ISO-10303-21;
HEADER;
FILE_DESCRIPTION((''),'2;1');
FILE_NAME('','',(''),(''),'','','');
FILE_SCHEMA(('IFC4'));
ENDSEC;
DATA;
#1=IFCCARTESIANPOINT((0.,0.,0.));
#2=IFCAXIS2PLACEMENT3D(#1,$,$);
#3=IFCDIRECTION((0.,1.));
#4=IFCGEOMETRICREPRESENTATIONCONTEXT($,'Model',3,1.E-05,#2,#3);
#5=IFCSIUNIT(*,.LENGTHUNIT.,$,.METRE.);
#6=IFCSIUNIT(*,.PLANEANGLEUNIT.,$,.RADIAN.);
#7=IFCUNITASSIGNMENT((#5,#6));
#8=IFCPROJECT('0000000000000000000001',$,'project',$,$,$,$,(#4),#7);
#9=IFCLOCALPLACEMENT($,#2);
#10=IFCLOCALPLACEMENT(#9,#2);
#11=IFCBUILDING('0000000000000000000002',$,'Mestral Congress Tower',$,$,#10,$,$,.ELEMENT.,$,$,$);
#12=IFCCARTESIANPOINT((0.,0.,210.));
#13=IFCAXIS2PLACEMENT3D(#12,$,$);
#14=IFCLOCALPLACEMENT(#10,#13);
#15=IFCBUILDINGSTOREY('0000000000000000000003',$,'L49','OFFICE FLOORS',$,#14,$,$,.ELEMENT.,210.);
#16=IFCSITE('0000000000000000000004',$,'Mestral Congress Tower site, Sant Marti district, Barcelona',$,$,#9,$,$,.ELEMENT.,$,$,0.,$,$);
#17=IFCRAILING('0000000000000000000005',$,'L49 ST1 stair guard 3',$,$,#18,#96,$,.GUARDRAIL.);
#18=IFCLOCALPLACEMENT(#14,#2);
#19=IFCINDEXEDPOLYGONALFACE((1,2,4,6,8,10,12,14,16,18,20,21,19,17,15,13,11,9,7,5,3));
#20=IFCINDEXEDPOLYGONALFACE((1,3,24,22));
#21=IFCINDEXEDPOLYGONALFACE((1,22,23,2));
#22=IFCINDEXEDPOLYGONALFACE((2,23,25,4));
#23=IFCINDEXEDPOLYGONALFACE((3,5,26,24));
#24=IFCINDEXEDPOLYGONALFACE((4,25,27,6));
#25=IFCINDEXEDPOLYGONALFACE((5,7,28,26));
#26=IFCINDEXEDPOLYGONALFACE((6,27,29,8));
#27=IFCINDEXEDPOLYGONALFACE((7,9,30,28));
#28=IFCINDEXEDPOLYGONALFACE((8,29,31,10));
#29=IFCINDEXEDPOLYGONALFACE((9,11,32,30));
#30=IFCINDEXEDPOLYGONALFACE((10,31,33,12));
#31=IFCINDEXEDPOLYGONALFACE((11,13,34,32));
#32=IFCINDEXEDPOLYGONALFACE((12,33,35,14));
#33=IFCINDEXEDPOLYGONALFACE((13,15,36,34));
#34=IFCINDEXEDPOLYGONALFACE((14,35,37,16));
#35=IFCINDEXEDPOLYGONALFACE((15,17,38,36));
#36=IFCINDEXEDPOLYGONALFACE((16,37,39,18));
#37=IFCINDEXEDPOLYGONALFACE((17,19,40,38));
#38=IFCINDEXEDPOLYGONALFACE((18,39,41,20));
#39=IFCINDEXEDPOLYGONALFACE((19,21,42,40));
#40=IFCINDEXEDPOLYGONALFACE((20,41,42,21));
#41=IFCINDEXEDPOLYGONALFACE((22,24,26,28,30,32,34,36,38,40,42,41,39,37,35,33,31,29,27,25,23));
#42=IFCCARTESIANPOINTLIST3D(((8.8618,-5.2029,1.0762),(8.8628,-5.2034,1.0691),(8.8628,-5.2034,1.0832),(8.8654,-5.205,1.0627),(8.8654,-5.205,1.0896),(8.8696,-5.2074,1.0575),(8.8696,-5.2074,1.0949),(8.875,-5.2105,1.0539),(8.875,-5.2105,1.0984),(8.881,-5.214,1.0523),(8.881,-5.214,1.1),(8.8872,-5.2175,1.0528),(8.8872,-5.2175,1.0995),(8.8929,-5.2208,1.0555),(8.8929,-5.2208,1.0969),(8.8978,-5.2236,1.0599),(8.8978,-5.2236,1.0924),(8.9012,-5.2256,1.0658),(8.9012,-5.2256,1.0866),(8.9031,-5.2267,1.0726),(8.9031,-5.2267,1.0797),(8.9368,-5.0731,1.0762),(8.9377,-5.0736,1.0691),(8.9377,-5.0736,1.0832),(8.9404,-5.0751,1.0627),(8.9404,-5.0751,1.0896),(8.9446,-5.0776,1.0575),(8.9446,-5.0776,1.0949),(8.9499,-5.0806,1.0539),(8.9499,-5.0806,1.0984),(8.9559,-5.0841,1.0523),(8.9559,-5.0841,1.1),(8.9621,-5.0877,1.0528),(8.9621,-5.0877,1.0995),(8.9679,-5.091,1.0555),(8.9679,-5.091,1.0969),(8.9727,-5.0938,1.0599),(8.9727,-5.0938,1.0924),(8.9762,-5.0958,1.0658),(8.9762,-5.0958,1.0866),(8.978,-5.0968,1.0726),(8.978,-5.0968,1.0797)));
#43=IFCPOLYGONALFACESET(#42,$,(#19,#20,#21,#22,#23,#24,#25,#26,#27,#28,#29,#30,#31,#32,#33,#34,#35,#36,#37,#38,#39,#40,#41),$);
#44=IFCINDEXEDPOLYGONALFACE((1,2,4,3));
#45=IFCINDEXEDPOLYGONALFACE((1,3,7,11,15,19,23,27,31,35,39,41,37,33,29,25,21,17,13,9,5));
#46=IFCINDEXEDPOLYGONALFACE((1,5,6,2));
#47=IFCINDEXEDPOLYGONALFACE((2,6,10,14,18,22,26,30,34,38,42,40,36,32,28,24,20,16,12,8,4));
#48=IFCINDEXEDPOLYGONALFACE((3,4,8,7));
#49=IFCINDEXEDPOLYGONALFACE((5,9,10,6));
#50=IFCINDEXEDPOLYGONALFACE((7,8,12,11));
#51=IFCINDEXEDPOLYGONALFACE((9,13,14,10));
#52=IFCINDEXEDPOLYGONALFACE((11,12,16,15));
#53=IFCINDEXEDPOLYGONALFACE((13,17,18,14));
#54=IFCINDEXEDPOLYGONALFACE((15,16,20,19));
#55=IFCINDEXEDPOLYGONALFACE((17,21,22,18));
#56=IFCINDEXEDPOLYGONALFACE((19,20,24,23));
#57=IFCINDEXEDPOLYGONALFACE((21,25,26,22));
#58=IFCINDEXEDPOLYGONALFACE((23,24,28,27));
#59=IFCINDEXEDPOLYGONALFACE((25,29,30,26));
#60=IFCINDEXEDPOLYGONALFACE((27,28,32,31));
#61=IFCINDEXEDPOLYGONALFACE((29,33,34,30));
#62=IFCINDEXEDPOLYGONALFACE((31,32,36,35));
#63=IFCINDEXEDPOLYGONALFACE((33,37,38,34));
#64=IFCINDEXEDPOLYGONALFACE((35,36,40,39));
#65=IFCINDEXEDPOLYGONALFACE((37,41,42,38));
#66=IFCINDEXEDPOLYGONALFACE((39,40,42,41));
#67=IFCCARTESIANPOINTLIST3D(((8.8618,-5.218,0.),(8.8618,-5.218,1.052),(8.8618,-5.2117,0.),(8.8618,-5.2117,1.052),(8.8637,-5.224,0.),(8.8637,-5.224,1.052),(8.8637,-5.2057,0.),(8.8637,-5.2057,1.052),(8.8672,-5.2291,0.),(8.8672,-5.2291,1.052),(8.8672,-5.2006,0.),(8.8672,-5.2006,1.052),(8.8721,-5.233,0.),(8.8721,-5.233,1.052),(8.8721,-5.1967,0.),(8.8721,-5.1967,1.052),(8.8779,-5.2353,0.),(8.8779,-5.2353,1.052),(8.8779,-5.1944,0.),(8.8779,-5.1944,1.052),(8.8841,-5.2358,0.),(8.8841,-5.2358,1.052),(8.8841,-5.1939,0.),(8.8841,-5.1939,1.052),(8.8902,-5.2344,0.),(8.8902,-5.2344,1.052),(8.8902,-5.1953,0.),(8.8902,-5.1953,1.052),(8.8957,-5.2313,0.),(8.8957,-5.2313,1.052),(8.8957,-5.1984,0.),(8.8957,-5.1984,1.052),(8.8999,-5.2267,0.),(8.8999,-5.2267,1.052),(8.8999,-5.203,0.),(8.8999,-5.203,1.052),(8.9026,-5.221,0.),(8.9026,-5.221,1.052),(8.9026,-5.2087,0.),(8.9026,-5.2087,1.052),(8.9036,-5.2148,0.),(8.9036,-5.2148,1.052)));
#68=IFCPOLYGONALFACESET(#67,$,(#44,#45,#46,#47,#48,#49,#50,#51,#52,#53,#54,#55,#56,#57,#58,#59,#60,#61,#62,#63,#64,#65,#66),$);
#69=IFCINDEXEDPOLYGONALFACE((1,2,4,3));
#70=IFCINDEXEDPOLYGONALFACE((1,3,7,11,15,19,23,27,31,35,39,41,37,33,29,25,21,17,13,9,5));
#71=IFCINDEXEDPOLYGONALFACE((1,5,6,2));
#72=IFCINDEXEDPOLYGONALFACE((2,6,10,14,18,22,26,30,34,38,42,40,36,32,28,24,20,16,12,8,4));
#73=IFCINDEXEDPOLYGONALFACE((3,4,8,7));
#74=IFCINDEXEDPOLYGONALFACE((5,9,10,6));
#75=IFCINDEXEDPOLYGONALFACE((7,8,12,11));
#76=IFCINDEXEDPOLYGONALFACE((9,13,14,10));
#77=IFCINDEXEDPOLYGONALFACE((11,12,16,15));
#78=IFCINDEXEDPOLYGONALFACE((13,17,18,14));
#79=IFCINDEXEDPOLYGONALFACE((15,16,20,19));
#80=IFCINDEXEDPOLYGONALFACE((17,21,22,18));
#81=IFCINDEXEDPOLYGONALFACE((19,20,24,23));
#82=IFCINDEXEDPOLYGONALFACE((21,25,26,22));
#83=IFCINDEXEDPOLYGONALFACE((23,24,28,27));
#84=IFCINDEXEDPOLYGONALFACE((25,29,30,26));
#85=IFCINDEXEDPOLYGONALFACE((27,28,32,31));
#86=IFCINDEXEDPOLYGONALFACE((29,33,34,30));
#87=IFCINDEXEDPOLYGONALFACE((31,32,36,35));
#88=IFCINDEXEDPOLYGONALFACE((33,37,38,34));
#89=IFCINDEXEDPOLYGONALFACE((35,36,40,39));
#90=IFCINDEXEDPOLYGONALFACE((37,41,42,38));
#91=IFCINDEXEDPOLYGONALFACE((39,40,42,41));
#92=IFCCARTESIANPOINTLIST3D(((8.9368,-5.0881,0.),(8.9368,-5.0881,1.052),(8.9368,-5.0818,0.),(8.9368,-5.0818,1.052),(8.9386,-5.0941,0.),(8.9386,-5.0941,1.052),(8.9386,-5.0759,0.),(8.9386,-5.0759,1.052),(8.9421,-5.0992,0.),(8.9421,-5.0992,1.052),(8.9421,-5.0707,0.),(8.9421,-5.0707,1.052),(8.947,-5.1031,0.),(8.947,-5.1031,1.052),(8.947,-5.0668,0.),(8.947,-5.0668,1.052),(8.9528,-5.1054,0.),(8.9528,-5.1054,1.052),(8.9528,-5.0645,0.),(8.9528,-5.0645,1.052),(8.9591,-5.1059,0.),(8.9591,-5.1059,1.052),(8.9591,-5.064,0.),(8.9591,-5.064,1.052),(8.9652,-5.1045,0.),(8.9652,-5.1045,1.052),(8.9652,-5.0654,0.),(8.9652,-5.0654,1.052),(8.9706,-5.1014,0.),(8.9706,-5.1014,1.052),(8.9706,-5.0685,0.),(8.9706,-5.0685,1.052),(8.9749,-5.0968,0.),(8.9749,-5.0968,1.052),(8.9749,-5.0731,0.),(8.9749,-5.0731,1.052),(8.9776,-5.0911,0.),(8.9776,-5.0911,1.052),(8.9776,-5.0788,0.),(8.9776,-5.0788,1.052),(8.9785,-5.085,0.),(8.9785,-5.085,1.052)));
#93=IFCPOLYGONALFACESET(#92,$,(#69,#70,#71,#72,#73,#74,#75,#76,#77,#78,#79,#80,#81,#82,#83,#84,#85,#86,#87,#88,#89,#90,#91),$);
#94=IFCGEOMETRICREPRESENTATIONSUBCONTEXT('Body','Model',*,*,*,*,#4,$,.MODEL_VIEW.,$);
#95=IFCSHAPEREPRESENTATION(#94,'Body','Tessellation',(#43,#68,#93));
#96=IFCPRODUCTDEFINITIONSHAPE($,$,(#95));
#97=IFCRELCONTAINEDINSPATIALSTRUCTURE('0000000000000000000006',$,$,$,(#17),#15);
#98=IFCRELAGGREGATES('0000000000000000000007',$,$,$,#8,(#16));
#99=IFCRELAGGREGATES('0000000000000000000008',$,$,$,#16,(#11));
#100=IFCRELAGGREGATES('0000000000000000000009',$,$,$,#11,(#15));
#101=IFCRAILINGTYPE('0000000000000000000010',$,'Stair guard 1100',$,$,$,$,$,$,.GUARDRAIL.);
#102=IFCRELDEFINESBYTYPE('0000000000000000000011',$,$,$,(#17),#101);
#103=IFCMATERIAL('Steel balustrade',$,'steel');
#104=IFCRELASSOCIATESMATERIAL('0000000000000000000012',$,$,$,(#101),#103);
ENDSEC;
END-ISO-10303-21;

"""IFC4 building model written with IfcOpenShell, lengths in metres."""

from ifc_helpers import new_model, si_unit, direction, frame, origin, origin_2d, place, context, subcontext, project, spatial, circle, extrude, material, type_object, element, save


model = new_model("IFC4")

# Units and contexts
model_context = context("Model", 3, precision=1e-05, world=origin(), true_north=direction((0.0, 1.0)))
body_context = subcontext(model_context, "Body", "Model", "MODEL_VIEW")
ifc_project = project(units=[si_unit("LENGTHUNIT", "METRE"), si_unit("PLANEANGLEUNIT", "RADIAN")], contexts=[model_context])

# Site, building, storey
site_placement = place(None, origin())
site = spatial("IfcSite", under=ifc_project, at=site_placement, Name="Mestral Congress Tower site, Sant Marti district, Barcelona", CompositionType="ELEMENT", RefElevation=0.0)
building_placement = place(site_placement, origin())
building = spatial("IfcBuilding", under=site, at=building_placement, Name="Mestral Congress Tower", CompositionType="ELEMENT")
storey_placement = place(building_placement, frame((0.0, 0.0, 210.0)))
storey = spatial("IfcBuildingStorey", under=building, at=storey_placement, Name="L49", Description="OFFICE FLOORS", CompositionType="ELEMENT", Elevation=210.0)

# Railing
ifc_material_1 = material(Name="Steel balustrade", Category="steel")
railing_type = type_object("IfcRailingType", Name="Stair guard 1100", PredefinedType="GUARDRAIL", material=ifc_material_1)
railing_1_placement = place(storey_placement, frame((8.8826, -5.2148, 0.0)))
element("IfcRailing", 1, at=railing_1_placement, inside=storey, type_object=railing_type, Name="L49 ST1 stair guard 3", PredefinedType="GUARDRAIL", context=body_context, shape_type="SweptSolid", body=[
    extrude(circle(Radius=0.0239, at=origin_2d()), frame((0.0, 0.0, 1.0762), z_axis=(0.499816, 0.866131, 0.0), x_axis=(-0.866131, 0.499816, 0.0)), (0.0, 0.0, 1.0), 0.1499),
    extrude(circle(Radius=0.021, at=origin_2d()), origin(), (0.0, 0.0, 1.0), 1.052),
    extrude(circle(Radius=0.021, at=origin_2d()), frame((0.075, 0.1299, 0.0)), (0.0, 0.0, 1.0), 1.052),
])

save(model, "model.ifc")
